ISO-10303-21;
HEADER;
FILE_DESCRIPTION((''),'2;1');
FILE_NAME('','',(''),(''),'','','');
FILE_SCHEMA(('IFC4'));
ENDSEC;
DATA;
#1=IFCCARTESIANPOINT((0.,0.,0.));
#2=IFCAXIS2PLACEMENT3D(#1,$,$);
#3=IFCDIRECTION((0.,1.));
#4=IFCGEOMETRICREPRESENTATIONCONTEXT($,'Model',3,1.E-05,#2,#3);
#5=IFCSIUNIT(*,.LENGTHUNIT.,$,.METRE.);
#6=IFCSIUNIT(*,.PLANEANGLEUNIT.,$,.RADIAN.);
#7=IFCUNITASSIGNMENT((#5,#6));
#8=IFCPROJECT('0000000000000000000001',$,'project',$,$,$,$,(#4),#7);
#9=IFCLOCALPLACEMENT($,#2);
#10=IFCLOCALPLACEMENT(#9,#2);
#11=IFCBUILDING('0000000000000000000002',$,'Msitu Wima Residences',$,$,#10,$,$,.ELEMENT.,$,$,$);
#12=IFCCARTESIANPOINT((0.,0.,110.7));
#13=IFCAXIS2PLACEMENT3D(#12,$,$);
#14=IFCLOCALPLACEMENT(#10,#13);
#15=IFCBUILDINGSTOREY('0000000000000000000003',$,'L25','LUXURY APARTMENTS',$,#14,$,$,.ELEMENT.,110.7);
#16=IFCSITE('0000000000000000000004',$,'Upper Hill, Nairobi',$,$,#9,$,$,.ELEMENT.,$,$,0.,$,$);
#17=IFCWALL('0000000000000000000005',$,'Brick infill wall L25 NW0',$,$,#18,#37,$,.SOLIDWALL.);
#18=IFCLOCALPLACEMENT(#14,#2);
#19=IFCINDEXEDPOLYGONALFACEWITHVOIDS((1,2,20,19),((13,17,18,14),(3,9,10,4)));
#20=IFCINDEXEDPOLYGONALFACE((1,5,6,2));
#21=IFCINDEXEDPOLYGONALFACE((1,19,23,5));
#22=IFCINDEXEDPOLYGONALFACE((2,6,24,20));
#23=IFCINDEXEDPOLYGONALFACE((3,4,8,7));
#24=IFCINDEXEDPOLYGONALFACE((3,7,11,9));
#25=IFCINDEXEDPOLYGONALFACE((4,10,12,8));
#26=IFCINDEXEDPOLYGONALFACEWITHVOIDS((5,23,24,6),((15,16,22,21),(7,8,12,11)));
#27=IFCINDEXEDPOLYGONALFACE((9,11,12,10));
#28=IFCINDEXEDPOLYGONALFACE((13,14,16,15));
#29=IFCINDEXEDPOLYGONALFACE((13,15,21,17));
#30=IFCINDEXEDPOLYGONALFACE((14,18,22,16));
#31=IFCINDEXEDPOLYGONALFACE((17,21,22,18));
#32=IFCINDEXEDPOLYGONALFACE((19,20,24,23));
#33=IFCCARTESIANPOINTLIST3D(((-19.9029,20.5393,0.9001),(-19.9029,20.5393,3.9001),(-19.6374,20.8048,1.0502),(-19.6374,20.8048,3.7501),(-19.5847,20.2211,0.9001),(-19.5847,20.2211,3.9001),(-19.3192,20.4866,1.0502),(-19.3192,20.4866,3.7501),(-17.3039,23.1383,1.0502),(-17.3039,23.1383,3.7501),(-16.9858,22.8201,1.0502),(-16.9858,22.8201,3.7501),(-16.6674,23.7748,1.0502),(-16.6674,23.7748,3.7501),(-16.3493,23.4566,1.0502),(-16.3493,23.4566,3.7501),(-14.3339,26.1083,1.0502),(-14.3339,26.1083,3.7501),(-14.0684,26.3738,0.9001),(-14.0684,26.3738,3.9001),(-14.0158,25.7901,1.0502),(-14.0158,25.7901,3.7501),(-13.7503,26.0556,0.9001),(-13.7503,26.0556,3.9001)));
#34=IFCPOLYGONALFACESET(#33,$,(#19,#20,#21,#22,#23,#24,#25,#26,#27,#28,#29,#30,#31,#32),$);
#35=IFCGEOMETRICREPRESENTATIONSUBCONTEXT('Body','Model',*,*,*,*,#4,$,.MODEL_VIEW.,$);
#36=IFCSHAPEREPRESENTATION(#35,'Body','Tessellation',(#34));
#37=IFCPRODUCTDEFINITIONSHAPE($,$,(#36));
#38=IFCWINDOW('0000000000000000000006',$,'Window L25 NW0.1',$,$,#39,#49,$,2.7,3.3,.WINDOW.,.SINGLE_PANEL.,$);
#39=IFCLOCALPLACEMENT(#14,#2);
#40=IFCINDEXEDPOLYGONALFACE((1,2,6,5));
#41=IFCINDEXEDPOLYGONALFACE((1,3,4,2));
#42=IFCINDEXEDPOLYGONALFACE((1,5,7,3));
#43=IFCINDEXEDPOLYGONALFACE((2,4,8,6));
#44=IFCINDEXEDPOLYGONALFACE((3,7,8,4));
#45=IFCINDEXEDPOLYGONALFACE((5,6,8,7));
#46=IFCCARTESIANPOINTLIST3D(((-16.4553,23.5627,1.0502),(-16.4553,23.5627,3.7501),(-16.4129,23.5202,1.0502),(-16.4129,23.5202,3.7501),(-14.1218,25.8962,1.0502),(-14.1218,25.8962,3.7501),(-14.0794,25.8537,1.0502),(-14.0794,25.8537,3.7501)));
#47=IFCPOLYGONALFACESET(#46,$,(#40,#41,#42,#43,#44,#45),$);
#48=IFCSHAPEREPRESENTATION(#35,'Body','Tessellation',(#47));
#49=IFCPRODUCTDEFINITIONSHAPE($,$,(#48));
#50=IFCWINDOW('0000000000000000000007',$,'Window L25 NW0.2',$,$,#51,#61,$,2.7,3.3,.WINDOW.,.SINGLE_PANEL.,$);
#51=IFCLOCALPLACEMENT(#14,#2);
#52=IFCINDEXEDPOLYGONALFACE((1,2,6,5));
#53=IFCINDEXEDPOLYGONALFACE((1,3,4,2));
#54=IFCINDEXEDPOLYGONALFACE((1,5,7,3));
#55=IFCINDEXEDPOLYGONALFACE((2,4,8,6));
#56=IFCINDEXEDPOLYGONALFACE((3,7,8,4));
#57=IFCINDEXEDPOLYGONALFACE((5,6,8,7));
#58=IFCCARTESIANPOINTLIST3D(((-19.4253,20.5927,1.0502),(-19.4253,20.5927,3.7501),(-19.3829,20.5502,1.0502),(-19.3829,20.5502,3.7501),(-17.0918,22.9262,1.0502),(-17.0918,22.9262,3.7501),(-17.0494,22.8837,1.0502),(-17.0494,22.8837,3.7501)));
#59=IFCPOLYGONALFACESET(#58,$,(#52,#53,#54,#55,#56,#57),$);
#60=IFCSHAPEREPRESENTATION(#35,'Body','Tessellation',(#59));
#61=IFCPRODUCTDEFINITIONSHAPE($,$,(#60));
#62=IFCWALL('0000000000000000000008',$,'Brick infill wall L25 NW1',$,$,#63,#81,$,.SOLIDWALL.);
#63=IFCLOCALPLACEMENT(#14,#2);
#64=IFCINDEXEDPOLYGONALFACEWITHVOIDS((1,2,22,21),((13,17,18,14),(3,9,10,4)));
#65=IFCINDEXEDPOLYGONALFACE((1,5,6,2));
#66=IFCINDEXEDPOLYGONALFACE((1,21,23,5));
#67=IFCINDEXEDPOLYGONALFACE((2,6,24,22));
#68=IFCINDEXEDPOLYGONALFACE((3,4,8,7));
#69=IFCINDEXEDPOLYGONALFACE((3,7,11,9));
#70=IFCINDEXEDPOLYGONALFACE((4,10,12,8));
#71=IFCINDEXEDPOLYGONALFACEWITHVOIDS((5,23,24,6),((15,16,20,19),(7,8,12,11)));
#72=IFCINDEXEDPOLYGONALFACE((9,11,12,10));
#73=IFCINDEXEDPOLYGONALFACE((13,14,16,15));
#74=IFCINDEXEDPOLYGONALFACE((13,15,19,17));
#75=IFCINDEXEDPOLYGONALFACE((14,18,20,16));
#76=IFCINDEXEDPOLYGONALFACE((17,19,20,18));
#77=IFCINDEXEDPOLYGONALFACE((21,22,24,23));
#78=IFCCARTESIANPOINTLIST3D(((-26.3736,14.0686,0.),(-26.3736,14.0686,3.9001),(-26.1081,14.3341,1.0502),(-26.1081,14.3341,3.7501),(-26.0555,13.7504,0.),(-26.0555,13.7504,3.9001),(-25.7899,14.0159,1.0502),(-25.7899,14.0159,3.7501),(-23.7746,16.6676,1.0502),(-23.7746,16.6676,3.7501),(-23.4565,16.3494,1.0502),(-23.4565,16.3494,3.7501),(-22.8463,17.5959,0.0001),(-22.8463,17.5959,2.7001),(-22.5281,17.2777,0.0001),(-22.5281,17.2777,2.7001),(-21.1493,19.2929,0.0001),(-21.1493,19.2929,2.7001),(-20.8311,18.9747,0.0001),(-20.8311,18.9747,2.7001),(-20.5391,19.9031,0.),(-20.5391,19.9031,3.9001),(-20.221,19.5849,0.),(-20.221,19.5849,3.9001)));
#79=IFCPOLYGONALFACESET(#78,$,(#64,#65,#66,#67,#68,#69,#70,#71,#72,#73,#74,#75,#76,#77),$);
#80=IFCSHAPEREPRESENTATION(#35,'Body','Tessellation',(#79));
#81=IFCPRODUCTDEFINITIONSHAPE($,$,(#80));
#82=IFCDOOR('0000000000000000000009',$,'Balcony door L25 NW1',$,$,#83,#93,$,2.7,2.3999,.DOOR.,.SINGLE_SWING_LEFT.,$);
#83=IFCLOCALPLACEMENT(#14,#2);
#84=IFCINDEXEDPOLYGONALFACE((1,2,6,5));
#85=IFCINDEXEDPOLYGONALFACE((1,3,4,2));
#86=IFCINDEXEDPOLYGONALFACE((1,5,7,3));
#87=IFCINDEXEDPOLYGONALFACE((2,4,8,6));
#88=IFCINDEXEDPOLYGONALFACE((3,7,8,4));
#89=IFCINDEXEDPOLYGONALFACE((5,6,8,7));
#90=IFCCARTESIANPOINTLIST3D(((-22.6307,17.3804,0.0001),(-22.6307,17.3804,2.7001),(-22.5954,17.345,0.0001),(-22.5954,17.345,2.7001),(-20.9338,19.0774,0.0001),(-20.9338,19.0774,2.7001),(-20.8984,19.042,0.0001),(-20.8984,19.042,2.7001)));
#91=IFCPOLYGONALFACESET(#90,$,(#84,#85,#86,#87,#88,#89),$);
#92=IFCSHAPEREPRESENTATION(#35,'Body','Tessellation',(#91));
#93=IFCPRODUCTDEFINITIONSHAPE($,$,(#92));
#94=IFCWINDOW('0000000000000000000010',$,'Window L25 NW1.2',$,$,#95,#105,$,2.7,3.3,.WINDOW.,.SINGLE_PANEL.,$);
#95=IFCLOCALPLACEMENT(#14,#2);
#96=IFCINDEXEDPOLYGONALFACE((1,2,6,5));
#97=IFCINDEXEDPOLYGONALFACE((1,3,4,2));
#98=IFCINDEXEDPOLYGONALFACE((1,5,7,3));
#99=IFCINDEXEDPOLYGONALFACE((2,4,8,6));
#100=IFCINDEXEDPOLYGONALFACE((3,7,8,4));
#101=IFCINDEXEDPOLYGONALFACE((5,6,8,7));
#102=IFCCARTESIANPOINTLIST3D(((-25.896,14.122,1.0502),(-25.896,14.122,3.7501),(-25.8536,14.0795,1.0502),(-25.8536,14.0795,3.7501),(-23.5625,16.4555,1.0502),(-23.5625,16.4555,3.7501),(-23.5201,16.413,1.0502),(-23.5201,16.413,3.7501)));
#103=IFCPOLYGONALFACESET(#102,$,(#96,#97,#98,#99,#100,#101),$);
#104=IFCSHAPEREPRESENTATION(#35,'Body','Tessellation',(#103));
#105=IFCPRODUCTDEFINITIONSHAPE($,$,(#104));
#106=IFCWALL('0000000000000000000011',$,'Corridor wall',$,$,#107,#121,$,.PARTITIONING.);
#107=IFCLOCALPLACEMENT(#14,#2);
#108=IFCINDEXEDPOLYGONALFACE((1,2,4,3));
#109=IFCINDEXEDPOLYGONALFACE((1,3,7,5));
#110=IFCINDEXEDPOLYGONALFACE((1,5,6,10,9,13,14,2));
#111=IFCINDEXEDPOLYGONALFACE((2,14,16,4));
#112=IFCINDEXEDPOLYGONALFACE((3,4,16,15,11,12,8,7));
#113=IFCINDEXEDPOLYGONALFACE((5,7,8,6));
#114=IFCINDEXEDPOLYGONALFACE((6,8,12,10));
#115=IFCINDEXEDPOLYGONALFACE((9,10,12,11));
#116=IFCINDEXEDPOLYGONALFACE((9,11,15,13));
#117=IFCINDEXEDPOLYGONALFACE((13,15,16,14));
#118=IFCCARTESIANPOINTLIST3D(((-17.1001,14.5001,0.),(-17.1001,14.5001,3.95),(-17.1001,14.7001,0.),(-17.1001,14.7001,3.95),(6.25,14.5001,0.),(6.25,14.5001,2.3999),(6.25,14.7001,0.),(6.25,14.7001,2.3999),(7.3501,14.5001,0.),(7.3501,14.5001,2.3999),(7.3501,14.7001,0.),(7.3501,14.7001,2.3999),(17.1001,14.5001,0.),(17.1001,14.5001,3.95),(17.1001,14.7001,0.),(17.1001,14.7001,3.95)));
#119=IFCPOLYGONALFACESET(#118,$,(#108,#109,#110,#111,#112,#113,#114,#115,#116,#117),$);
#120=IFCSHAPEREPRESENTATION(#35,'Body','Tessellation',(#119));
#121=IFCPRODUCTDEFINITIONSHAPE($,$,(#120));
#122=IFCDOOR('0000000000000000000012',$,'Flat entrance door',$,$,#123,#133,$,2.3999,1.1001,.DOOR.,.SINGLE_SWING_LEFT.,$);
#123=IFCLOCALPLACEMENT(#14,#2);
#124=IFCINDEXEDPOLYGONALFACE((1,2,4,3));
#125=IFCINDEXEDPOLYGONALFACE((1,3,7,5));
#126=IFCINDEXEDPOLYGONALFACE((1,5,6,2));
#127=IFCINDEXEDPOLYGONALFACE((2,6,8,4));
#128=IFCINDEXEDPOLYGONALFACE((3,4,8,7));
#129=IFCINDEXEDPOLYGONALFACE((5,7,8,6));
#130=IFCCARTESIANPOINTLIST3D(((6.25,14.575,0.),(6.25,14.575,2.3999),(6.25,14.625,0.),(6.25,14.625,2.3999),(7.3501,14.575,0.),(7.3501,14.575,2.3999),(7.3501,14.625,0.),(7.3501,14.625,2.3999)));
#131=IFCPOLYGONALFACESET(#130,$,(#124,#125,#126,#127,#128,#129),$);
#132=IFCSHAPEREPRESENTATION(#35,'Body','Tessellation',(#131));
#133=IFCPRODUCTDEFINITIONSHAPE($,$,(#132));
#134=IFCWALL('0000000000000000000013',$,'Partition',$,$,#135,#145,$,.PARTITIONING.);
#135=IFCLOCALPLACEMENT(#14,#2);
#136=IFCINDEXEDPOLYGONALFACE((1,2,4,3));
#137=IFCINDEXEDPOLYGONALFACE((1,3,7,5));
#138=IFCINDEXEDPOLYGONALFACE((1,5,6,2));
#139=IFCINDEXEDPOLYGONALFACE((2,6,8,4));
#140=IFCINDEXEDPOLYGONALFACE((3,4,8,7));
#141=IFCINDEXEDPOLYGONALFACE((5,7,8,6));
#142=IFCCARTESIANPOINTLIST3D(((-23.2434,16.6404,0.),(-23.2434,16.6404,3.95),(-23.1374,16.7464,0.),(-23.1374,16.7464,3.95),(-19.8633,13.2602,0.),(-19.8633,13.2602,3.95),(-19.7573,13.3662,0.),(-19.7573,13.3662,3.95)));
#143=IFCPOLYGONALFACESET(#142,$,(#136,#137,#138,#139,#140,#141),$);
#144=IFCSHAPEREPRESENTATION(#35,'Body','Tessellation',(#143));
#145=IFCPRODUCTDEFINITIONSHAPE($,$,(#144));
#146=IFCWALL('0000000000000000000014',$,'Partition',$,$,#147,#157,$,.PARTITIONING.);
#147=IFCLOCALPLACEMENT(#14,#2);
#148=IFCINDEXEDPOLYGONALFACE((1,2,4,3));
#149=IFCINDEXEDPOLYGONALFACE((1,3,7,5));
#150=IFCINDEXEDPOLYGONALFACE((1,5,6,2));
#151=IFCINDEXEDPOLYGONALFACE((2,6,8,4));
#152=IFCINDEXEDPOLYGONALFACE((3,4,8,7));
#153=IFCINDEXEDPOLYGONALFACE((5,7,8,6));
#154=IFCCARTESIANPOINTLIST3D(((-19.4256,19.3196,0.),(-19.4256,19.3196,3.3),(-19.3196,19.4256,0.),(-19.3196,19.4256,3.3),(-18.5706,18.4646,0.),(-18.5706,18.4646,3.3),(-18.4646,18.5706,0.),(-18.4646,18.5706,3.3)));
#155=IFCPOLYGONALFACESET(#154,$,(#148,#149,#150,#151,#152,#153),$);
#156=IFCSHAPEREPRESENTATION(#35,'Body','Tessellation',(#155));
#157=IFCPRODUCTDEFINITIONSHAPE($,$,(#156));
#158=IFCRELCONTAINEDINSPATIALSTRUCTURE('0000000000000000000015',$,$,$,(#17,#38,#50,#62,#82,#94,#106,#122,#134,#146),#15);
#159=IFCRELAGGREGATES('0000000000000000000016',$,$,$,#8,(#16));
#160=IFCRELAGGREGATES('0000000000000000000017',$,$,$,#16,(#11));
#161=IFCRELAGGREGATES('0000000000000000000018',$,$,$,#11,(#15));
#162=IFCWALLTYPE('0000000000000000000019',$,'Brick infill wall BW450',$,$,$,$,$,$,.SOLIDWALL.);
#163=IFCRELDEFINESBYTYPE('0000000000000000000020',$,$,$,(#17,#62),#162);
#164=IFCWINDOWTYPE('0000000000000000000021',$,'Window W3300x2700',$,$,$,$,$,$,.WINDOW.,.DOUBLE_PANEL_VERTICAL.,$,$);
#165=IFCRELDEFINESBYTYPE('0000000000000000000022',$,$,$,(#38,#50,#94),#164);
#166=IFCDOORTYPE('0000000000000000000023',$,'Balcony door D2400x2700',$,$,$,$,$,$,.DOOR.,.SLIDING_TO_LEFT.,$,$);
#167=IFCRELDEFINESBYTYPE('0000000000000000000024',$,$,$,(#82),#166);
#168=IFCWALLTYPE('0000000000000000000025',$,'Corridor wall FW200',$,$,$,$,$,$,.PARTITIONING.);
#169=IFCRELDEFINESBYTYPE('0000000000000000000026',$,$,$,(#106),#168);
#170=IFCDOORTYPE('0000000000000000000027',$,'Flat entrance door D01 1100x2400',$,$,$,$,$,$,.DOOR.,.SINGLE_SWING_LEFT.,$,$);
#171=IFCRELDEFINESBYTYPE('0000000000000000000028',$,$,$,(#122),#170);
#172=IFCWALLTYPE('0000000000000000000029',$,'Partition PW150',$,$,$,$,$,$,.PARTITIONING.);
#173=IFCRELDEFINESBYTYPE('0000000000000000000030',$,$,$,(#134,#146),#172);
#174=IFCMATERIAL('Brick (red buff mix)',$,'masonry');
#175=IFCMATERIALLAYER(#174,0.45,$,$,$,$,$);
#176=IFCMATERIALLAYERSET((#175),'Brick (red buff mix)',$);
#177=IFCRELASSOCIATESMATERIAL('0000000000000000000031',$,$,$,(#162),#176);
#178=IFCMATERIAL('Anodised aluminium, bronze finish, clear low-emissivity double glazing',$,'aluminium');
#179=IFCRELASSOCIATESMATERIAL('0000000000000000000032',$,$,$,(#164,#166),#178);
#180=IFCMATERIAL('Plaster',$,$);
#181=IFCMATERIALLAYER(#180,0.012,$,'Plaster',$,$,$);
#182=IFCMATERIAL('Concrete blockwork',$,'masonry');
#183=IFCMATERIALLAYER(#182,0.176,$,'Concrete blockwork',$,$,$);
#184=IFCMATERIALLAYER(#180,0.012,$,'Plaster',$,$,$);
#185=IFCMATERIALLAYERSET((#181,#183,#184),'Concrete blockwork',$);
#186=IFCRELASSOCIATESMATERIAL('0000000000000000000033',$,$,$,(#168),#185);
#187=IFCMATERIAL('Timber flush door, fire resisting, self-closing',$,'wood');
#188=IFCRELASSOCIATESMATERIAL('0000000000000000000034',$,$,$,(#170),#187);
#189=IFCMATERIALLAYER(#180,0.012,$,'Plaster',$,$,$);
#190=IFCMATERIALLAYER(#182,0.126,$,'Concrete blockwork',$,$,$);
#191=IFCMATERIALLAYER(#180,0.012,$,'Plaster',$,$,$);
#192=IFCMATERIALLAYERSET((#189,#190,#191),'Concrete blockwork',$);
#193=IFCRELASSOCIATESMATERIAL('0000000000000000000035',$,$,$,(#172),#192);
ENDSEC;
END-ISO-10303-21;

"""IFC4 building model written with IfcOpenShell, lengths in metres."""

from ifc_helpers import new_model, si_unit, direction, frame, frame_2d, origin, place, context, subcontext, project, spatial, rectangle, extrude, material, layer, layer_set, type_object, element, fill, save


model = new_model("IFC4")

# Units and contexts
model_context = context("Model", 3, precision=1e-05, world=origin(), true_north=direction((0.0, 1.0)))
body_context = subcontext(model_context, "Body", "Model", "MODEL_VIEW")
ifc_project = project(units=[si_unit("LENGTHUNIT", "METRE"), si_unit("PLANEANGLEUNIT", "RADIAN")], contexts=[model_context])

# Site, building, storey
site_placement = place(None, origin())
site = spatial("IfcSite", under=ifc_project, at=site_placement, Name="Upper Hill, Nairobi", CompositionType="ELEMENT", RefElevation=0.0)
building_placement = place(site_placement, origin())
building = spatial("IfcBuilding", under=site, at=building_placement, Name="Msitu Wima Residences", CompositionType="ELEMENT")
storey_placement = place(building_placement, frame((0.0, 0.0, 110.7)))
storey = spatial("IfcBuildingStorey", under=building, at=storey_placement, Name="L25", Description="LUXURY APARTMENTS", CompositionType="ELEMENT", Elevation=110.7)

# Wall, openings, windows
ifc_material_1 = material(Name="Brick (red buff mix)", Category="masonry")
ifc_layer_1 = layer(ifc_material_1, 0.45)
ifc_layer_set_1 = layer_set([ifc_layer_1], Name="Brick (red buff mix)")
wall_type_1 = type_object("IfcWallType", Name="Brick infill wall BW450", PredefinedType="SOLIDWALL", material=ifc_layer_set_1)
wall_1_placement = place(storey_placement, frame((-13.9094, 26.2146, 0.9001), z_axis=(0.0, 0.0, 1.0), x_axis=(-0.707107, -0.707107, 0.0)))
wall_1 = element("IfcWall", 1, at=wall_1_placement, inside=storey, type_object=wall_type_1, Name="Brick infill wall L25 NW0", PredefinedType="SOLIDWALL", context=body_context, shape_type="SweptSolid", body=[
    extrude(rectangle(XDim=8.2512, YDim=0.45, at=frame_2d((4.1255, 0.0))), origin(), (0.0, 0.0, 1.0), 3.0),
])
opening_1_placement = place(wall_1_placement, frame((0.3755, 0.0, 0.1499)))
opening_1 = element("IfcOpeningElement", 2, at=opening_1_placement, cuts=wall_1, PredefinedType="OPENING", context=body_context, shape_type="SweptSolid", body=[
    extrude(rectangle(XDim=3.3, YDim=2.7, at=frame_2d((1.6499, 1.3501))), frame((0.0, 0.2349, 0.0), z_axis=(0.0, -1.0, 0.0), x_axis=(1.0, 0.0, 0.0)), (0.0, 0.0, 1.0), 0.47),
])
opening_2_placement = place(wall_1_placement, frame((4.5757, 0.0, 0.1499)))
opening_2 = element("IfcOpeningElement", 3, at=opening_2_placement, cuts=wall_1, PredefinedType="OPENING", context=body_context, shape_type="SweptSolid", body=[
    extrude(rectangle(XDim=3.3, YDim=2.7, at=frame_2d((1.6499, 1.3501))), frame((0.0, 0.2349, 0.0), z_axis=(0.0, -1.0, 0.0), x_axis=(1.0, 0.0, 0.0)), (0.0, 0.0, 1.0), 0.47),
])
ifc_material_2 = material(Name="Anodised aluminium, bronze finish, clear low-emissivity double glazing", Category="aluminium")
window_type = type_object("IfcWindowType", Name="Window W3300x2700", PartitioningType="DOUBLE_PANEL_VERTICAL", PredefinedType="WINDOW", material=ifc_material_2)
window_1_placement = place(opening_1_placement, origin())
window_1 = element("IfcWindow", 4, at=window_1_placement, inside=storey, type_object=window_type, Name="Window L25 NW0.1", OverallHeight=2.7, OverallWidth=3.3, PartitioningType="SINGLE_PANEL", PredefinedType="WINDOW", context=body_context, shape_type="SweptSolid", body=[
    extrude(rectangle(XDim=3.3, YDim=2.7, at=frame_2d((1.6499, 1.3501))), frame((0.0, 0.135, 0.0), z_axis=(0.0, -1.0, 0.0), x_axis=(1.0, 0.0, 0.0)), (0.0, 0.0, 1.0), 0.0601),
])
fill(opening_1, window_1)
window_2_placement = place(opening_2_placement, origin())
window_2 = element("IfcWindow", 5, at=window_2_placement, inside=storey, type_object=window_type, Name="Window L25 NW0.2", OverallHeight=2.7, OverallWidth=3.3, PartitioningType="SINGLE_PANEL", PredefinedType="WINDOW", context=body_context, shape_type="SweptSolid", body=[
    extrude(rectangle(XDim=3.3, YDim=2.7, at=frame_2d((1.6499, 1.3501))), frame((0.0, 0.135, 0.0), z_axis=(0.0, -1.0, 0.0), x_axis=(1.0, 0.0, 0.0)), (0.0, 0.0, 1.0), 0.0601),
])
fill(opening_2, window_2)

# Wall, openings, door, window
wall_2_placement = place(storey_placement, frame((-20.3801, 19.7439, 0.0), z_axis=(0.0, 0.0, 1.0), x_axis=(-0.707107, -0.707107, 0.0)))
wall_2 = element("IfcWall", 6, at=wall_2_placement, inside=storey, type_object=wall_type_1, Name="Brick infill wall L25 NW1", PredefinedType="SOLIDWALL", context=body_context, shape_type="SweptSolid", body=[
    extrude(rectangle(XDim=8.2512, YDim=0.45, at=frame_2d((4.1255, 0.0))), origin(), (0.0, 0.0, 1.0), 3.9001),
])
opening_3_placement = place(wall_2_placement, frame((0.8628, 0.0, 0.0)))
opening_3 = element("IfcOpeningElement", 7, at=opening_3_placement, cuts=wall_2, PredefinedType="OPENING", context=body_context, shape_type="SweptSolid", body=[
    extrude(rectangle(XDim=2.3999, YDim=2.7, at=frame_2d((1.2, 1.3501))), frame((0.0, 0.2349, 0.0), z_axis=(0.0, -1.0, 0.0), x_axis=(1.0, 0.0, 0.0)), (0.0, 0.0, 1.0), 0.47),
])
opening_4_placement = place(wall_2_placement, frame((4.5757, 0.0, 1.05)))
opening_4 = element("IfcOpeningElement", 8, at=opening_4_placement, cuts=wall_2, PredefinedType="OPENING", context=body_context, shape_type="SweptSolid", body=[
    extrude(rectangle(XDim=3.3, YDim=2.7, at=frame_2d((1.6499, 1.3501))), frame((0.0, 0.2349, 0.0), z_axis=(0.0, -1.0, 0.0), x_axis=(1.0, 0.0, 0.0)), (0.0, 0.0, 1.0), 0.47),
])
door_type_1 = type_object("IfcDoorType", Name="Balcony door D2400x2700", OperationType="SLIDING_TO_LEFT", PredefinedType="DOOR", material=ifc_material_2)
door_1_placement = place(opening_3_placement, origin())
door_1 = element("IfcDoor", 9, at=door_1_placement, inside=storey, type_object=door_type_1, Name="Balcony door L25 NW1", OperationType="SINGLE_SWING_LEFT", OverallHeight=2.7, OverallWidth=2.3999, PredefinedType="DOOR", context=body_context, shape_type="SweptSolid", body=[
    extrude(rectangle(XDim=2.3999, YDim=2.7, at=frame_2d((1.2, 1.3501))), frame((0.0, 0.1299, 0.0), z_axis=(0.0, -1.0, 0.0), x_axis=(1.0, 0.0, 0.0)), (0.0, 0.0, 1.0), 0.05),
])
fill(opening_3, door_1)
window_3_placement = place(opening_4_placement, origin())
window_3 = element("IfcWindow", 10, at=window_3_placement, inside=storey, type_object=window_type, Name="Window L25 NW1.2", OverallHeight=2.7, OverallWidth=3.3, PartitioningType="SINGLE_PANEL", PredefinedType="WINDOW", context=body_context, shape_type="SweptSolid", body=[
    extrude(rectangle(XDim=3.3, YDim=2.7, at=frame_2d((1.6499, 1.3501))), frame((0.0, 0.135, 0.0), z_axis=(0.0, -1.0, 0.0), x_axis=(1.0, 0.0, 0.0)), (0.0, 0.0, 1.0), 0.0601),
])
fill(opening_4, window_3)

# Wall, opening, door
ifc_material_3 = material(Name="Plaster")
ifc_layer_2 = layer(ifc_material_3, 0.012, Name="Plaster")
ifc_material_4 = material(Name="Concrete blockwork", Category="masonry")
ifc_layer_3 = layer(ifc_material_4, 0.176, Name="Concrete blockwork")
ifc_layer_4 = layer(ifc_material_3, 0.012, Name="Plaster")
ifc_layer_set_2 = layer_set([ifc_layer_2, ifc_layer_3, ifc_layer_4], Name="Concrete blockwork")
wall_type_2 = type_object("IfcWallType", Name="Corridor wall FW200", PredefinedType="PARTITIONING", material=ifc_layer_set_2)
wall_3_placement = place(storey_placement, frame((-17.1001, 14.6001, 0.0), z_axis=(0.0, 0.0, 1.0), x_axis=(1.0, 0.0, 0.0)))
wall_3 = element("IfcWall", 11, at=wall_3_placement, inside=storey, type_object=wall_type_2, Name="Corridor wall", PredefinedType="PARTITIONING", context=body_context, shape_type="SweptSolid", body=[
    extrude(rectangle(XDim=34.2002, YDim=0.2, at=frame_2d((17.1001, 0.0))), origin(), (0.0, 0.0, 1.0), 3.95),
])
opening_5_placement = place(wall_3_placement, frame((23.3501, 0.0, 0.0)))
opening_5 = element("IfcOpeningElement", 12, at=opening_5_placement, cuts=wall_3, PredefinedType="OPENING", context=body_context, shape_type="SweptSolid", body=[
    extrude(rectangle(XDim=1.1001, YDim=2.3999, at=frame_2d((0.55, 1.2))), frame((0.0, 0.1099, 0.0), z_axis=(0.0, -1.0, 0.0), x_axis=(1.0, 0.0, 0.0)), (0.0, 0.0, 1.0), 0.22),
])
ifc_material_5 = material(Name="Timber flush door, fire resisting, self-closing", Category="wood")
door_type_2 = type_object("IfcDoorType", Name="Flat entrance door D01 1100x2400", OperationType="SINGLE_SWING_LEFT", PredefinedType="DOOR", material=ifc_material_5)
door_2_placement = place(opening_5_placement, origin())
door_2 = element("IfcDoor", 13, at=door_2_placement, inside=storey, type_object=door_type_2, Name="Flat entrance door", OperationType="SINGLE_SWING_LEFT", OverallHeight=2.3999, OverallWidth=1.1001, PredefinedType="DOOR", context=body_context, shape_type="SweptSolid", body=[
    extrude(rectangle(XDim=1.1001, YDim=2.3999, at=frame_2d((0.55, 1.2))), frame((0.0, 0.0249, 0.0), z_axis=(0.0, -1.0, 0.0), x_axis=(1.0, 0.0, 0.0)), (0.0, 0.0, 1.0), 0.05),
])
fill(opening_5, door_2)

# Walls
ifc_layer_5 = layer(ifc_material_3, 0.012, Name="Plaster")
ifc_layer_6 = layer(ifc_material_4, 0.126, Name="Concrete blockwork")
ifc_layer_7 = layer(ifc_material_3, 0.012, Name="Plaster")
ifc_layer_set_3 = layer_set([ifc_layer_5, ifc_layer_6, ifc_layer_7], Name="Concrete blockwork")
wall_type_3 = type_object("IfcWallType", Name="Partition PW150", PredefinedType="PARTITIONING", material=ifc_layer_set_3)
wall_4_placement = place(storey_placement, frame((-23.1904, 16.6934, 0.0), z_axis=(0.0, 0.0, 1.0), x_axis=(0.707107, -0.707107, 0.0)))
element("IfcWall", 14, at=wall_4_placement, inside=storey, type_object=wall_type_3, Name="Partition", PredefinedType="PARTITIONING", context=body_context, shape_type="SweptSolid", body=[
    extrude(rectangle(XDim=4.7803, YDim=0.1499, at=frame_2d((2.3901, 0.0))), origin(), (0.0, 0.0, 1.0), 3.95),
])
wall_5_placement = place(storey_placement, frame((-19.3726, 19.3726, 0.0), z_axis=(0.0, 0.0, 1.0), x_axis=(0.707107, -0.707107, 0.0)))
element("IfcWall", 15, at=wall_5_placement, inside=storey, type_object=wall_type_3, Name="Partition", PredefinedType="PARTITIONING", context=body_context, shape_type="SweptSolid", body=[
    extrude(rectangle(XDim=1.2092, YDim=0.1499, at=frame_2d((0.6045, 0.0))), origin(), (0.0, 0.0, 1.0), 3.3),
])

save(model, "model.ifc")
